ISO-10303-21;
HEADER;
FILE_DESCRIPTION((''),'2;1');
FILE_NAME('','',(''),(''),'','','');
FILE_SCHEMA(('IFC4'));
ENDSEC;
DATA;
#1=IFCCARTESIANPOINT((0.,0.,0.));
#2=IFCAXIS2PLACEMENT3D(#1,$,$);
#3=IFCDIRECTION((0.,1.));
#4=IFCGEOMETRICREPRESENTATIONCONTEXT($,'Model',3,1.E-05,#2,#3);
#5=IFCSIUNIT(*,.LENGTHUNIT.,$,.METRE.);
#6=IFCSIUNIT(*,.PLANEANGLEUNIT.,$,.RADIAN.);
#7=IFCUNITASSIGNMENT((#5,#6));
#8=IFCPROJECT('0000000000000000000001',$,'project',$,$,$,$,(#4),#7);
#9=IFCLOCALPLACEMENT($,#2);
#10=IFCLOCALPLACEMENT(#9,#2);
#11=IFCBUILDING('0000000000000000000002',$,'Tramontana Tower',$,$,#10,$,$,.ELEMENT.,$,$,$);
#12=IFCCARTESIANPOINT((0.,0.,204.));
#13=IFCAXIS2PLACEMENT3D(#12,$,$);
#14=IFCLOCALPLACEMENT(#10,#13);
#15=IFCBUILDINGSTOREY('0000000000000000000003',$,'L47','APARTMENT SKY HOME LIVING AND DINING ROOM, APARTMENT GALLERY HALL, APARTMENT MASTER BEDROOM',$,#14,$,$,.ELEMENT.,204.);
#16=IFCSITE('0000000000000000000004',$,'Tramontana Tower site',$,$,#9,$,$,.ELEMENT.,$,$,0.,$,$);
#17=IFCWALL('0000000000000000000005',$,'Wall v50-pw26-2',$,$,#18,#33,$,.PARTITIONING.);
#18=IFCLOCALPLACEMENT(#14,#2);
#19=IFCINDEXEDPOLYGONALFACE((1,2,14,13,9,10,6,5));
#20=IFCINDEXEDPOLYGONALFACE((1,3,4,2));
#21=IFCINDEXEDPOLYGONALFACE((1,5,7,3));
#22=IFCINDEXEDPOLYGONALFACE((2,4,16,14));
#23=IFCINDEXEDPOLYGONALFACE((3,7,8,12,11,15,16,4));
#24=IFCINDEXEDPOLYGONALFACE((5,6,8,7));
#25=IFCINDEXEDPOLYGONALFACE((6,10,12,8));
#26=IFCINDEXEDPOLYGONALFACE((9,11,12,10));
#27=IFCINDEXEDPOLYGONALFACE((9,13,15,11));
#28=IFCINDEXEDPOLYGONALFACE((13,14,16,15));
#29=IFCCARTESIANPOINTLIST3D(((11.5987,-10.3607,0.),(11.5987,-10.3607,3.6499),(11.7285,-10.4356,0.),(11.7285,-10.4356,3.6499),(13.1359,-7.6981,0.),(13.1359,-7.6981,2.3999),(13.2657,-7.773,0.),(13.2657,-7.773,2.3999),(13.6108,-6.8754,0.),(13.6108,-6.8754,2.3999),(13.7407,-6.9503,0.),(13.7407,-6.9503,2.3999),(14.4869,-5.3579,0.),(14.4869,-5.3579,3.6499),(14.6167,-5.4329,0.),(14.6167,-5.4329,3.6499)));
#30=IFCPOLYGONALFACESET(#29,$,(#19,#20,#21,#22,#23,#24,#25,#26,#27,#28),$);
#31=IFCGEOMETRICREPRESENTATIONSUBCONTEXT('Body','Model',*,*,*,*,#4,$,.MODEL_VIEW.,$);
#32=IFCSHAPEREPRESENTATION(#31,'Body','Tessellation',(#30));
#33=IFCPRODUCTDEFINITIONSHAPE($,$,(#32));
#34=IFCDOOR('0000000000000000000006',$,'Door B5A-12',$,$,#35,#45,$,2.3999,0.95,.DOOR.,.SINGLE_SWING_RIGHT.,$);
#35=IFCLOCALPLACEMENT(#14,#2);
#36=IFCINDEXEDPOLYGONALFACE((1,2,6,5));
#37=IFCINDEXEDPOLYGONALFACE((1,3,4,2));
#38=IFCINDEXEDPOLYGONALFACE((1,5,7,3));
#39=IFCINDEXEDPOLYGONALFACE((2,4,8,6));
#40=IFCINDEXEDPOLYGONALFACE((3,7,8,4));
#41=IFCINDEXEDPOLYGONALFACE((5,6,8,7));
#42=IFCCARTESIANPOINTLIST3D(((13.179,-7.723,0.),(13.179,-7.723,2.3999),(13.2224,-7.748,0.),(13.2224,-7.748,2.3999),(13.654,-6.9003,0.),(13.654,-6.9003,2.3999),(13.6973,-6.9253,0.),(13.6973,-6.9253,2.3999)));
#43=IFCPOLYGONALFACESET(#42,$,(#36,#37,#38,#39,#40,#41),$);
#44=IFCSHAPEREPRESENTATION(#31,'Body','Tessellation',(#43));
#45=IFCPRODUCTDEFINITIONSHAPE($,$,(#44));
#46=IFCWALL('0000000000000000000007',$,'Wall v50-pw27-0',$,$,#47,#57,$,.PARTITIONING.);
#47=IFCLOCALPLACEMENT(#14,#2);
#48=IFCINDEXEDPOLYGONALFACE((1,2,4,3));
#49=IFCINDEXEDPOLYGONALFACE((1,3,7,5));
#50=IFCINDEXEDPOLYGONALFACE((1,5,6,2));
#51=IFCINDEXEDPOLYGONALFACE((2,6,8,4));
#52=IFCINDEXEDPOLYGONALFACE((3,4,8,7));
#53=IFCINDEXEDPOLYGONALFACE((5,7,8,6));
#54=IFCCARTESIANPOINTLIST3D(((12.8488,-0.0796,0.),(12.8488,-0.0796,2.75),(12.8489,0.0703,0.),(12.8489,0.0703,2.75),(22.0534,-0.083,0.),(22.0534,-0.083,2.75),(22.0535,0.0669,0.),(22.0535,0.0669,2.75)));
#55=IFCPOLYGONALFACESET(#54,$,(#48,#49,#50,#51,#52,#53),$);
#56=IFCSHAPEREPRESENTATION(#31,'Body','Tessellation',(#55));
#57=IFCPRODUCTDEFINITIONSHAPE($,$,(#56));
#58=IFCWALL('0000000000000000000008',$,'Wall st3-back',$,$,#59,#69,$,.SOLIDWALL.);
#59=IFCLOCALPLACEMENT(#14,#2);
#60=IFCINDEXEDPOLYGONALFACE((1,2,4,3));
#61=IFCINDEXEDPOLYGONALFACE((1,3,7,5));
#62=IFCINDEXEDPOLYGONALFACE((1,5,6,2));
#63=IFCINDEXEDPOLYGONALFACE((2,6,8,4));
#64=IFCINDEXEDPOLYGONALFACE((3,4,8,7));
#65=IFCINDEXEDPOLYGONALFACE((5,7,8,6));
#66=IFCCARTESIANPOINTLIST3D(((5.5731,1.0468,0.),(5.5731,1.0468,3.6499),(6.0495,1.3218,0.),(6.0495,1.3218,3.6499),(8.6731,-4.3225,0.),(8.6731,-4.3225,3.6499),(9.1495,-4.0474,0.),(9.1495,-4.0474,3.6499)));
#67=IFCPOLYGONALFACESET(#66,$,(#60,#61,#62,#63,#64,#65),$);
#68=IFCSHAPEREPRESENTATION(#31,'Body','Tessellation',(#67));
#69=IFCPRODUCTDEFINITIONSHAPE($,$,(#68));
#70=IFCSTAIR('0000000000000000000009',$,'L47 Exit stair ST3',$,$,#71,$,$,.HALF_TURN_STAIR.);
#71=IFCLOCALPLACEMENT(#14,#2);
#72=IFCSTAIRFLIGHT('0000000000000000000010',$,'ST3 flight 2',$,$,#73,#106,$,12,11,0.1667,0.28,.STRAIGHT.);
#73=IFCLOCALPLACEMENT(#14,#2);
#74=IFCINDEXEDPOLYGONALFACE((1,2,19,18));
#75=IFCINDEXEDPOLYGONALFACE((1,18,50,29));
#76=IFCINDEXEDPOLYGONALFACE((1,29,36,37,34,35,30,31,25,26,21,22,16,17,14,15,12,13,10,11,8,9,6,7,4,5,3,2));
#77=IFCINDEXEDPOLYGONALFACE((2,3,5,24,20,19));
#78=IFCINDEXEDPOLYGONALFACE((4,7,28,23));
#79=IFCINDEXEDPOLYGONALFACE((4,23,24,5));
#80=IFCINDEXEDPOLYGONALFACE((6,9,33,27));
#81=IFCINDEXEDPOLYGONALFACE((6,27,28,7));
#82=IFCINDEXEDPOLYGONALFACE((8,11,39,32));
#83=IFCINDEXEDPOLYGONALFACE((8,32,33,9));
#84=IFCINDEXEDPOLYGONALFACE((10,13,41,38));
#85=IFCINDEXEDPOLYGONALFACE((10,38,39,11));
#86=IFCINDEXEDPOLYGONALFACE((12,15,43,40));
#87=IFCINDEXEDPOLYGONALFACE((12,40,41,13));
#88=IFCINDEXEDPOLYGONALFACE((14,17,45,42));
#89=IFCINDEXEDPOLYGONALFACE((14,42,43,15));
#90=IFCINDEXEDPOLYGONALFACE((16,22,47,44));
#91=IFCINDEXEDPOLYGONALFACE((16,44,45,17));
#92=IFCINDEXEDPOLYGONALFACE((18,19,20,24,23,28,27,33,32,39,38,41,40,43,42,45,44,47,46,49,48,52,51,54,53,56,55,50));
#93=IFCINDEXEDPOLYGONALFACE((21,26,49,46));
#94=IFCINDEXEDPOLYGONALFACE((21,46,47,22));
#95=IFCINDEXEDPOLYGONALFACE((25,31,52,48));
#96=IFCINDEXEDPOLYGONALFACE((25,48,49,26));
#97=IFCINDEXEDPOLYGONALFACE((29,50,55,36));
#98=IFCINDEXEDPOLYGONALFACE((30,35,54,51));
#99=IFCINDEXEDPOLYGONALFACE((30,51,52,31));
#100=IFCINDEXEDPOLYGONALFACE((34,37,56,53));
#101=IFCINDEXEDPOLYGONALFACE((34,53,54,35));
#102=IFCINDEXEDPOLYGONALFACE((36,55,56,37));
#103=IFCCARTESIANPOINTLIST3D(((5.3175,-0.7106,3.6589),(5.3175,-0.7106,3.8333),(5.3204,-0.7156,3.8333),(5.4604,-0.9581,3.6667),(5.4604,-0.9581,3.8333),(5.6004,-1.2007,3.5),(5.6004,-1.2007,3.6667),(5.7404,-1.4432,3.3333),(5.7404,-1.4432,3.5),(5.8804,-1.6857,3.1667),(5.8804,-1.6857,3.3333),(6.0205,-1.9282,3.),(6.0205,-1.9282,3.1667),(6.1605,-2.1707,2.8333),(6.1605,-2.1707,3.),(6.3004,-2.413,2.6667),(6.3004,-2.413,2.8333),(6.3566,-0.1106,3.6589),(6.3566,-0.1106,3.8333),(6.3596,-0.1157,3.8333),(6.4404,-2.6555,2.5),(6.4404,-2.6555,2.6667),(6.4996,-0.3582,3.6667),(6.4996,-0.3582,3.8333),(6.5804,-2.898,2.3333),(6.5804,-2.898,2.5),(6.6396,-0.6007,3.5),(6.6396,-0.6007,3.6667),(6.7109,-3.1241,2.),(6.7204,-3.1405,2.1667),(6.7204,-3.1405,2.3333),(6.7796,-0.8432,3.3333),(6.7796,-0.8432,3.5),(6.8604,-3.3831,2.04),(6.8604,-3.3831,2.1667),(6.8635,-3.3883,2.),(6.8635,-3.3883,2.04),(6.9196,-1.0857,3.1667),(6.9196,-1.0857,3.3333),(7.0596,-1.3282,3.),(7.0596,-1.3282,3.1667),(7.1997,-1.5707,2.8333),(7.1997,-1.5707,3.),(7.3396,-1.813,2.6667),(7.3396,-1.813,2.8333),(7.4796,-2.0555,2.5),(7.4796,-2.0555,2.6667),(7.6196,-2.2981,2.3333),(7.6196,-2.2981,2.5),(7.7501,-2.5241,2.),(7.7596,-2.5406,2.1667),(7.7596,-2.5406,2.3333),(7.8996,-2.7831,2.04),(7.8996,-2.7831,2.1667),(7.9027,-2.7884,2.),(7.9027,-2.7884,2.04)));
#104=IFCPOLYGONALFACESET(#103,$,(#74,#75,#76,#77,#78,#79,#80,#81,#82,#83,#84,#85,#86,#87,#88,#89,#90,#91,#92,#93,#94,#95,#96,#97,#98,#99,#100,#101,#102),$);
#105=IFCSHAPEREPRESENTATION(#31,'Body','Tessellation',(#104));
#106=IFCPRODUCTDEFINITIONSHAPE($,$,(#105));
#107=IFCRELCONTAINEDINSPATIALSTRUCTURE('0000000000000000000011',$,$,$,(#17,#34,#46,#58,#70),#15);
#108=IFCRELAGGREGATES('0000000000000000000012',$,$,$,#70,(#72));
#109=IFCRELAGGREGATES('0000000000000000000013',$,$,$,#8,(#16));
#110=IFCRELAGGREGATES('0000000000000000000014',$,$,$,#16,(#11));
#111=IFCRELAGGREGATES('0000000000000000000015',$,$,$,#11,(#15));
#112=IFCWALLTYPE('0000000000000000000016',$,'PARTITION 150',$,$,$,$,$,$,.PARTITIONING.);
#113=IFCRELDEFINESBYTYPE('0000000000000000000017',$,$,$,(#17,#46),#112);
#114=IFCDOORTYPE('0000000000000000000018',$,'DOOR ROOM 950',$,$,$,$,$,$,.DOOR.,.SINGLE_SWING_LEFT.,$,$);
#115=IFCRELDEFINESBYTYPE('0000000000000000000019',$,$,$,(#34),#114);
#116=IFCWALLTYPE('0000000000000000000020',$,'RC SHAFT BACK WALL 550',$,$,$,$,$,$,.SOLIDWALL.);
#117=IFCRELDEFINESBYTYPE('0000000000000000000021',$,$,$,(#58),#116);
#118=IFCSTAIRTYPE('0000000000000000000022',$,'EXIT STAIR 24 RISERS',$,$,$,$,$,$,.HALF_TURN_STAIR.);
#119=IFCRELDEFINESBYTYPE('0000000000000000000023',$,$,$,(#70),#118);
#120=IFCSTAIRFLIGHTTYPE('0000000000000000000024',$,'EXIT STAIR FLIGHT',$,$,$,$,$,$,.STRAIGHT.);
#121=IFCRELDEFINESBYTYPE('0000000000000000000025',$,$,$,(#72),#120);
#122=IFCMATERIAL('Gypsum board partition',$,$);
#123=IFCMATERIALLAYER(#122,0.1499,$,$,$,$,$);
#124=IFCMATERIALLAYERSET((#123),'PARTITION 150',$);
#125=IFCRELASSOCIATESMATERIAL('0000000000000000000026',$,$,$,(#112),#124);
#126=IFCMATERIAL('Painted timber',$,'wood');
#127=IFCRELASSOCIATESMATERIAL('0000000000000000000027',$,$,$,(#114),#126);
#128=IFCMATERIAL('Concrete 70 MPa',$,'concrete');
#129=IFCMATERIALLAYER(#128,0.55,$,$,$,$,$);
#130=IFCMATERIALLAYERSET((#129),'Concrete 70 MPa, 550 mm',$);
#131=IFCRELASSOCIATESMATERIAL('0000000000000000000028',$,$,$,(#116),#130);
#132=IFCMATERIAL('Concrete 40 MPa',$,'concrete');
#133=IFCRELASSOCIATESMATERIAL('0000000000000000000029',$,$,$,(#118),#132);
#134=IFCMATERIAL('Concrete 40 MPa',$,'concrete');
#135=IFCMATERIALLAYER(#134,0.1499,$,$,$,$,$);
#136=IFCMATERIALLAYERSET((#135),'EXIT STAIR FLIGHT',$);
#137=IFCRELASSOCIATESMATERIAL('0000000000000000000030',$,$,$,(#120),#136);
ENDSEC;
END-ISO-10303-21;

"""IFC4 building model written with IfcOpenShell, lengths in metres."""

from ifc_helpers import new_model, si_unit, direction, frame, frame_2d, origin, place, context, subcontext, project, spatial, polyline, rectangle, outline, extrude, material, layer, layer_set, type_object, element, fill, aggregate, save


model = new_model("IFC4")

# Units and contexts
model_context = context("Model", 3, precision=1e-05, world=origin(), true_north=direction((0.0, 1.0)))
body_context = subcontext(model_context, "Body", "Model", "MODEL_VIEW")
ifc_project = project(units=[si_unit("LENGTHUNIT", "METRE"), si_unit("PLANEANGLEUNIT", "RADIAN")], contexts=[model_context])

# Site, building, storey
site_placement = place(None, origin())
site = spatial("IfcSite", under=ifc_project, at=site_placement, Name="Tramontana Tower site", CompositionType="ELEMENT", RefElevation=0.0)
building_placement = place(site_placement, origin())
building = spatial("IfcBuilding", under=site, at=building_placement, Name="Tramontana Tower", CompositionType="ELEMENT")
storey_placement = place(building_placement, frame((0.0, 0.0, 204.0)))
storey = spatial("IfcBuildingStorey", under=building, at=storey_placement, Name="L47", Description="APARTMENT SKY HOME LIVING AND DINING ROOM, APARTMENT GALLERY HALL, APARTMENT MASTER BEDROOM", CompositionType="ELEMENT", Elevation=204.0)

# Shared definitions
ifc_material_1 = material(Name="Gypsum board partition")
ifc_layer_1 = layer(ifc_material_1, 0.1499)
ifc_layer_set_1 = layer_set([ifc_layer_1], Name="PARTITION 150")
wall_type_1 = type_object("IfcWallType", Name="PARTITION 150", PredefinedType="PARTITIONING", material=ifc_layer_set_1)

# Wall, opening, door
wall_1_placement = place(storey_placement, frame((14.5518, -5.3955, 0.0), z_axis=(0.0, 0.0, 1.0), x_axis=(-0.499985, -0.866034, 0.0)))
wall_1 = element("IfcWall", 1, at=wall_1_placement, inside=storey, type_object=wall_type_1, Name="Wall v50-pw26-2", PredefinedType="PARTITIONING", context=body_context, shape_type="SweptSolid", body=[
    extrude(rectangle(XDim=5.7766, YDim=0.1499, at=frame_2d((2.8882, 0.0))), origin(), (0.0, 0.0, 1.0), 3.6499),
])
opening_1_placement = place(wall_1_placement, frame((1.752, 0.0, 0.0)))
opening_1 = element("IfcOpeningElement", 2, at=opening_1_placement, cuts=wall_1, PredefinedType="OPENING", context=body_context, shape_type="SweptSolid", body=[
    extrude(rectangle(XDim=0.95, YDim=2.3999, at=frame_2d((0.4751, 1.2))), frame((0.0, 0.085, 0.0), z_axis=(0.0, -1.0, 0.0), x_axis=(1.0, 0.0, 0.0)), (0.0, 0.0, 1.0), 0.1699),
])
ifc_material_2 = material(Name="Painted timber", Category="wood")
door_type_1 = type_object("IfcDoorType", Name="DOOR ROOM 950", OperationType="SINGLE_SWING_LEFT", PredefinedType="DOOR", material=ifc_material_2)
door_1_placement = place(opening_1_placement, origin())
door_1 = element("IfcDoor", 3, at=door_1_placement, inside=storey, type_object=door_type_1, Name="Door B5A-12", OperationType="SINGLE_SWING_RIGHT", OverallHeight=2.3999, OverallWidth=0.95, PredefinedType="DOOR", context=body_context, shape_type="SweptSolid", body=[
    extrude(rectangle(XDim=0.95, YDim=2.3999, at=frame_2d((0.4751, 1.2))), frame((0.0, 0.0249, 0.0), z_axis=(0.0, -1.0, 0.0), x_axis=(1.0, 0.0, 0.0)), (0.0, 0.0, 1.0), 0.05),
])
fill(opening_1, door_1)

# Walls
wall_2_placement = place(storey_placement, frame((22.0535, -0.0081, 0.0), z_axis=(0.0, 0.0, 1.0), x_axis=(-1.0, 0.000371, 0.0)))
element("IfcWall", 4, at=wall_2_placement, inside=storey, type_object=wall_type_1, Name="Wall v50-pw27-0", PredefinedType="PARTITIONING", context=body_context, shape_type="SweptSolid", body=[
    extrude(rectangle(XDim=9.2046, YDim=0.1499, at=frame_2d((4.6023, 0.0))), origin(), (0.0, 0.0, 1.0), 2.75),
])
ifc_material_3 = material(Name="Concrete 70 MPa", Category="concrete")
ifc_layer_2 = layer(ifc_material_3, 0.55)
ifc_layer_set_2 = layer_set([ifc_layer_2], Name="Concrete 70 MPa, 550 mm")
wall_type_2 = type_object("IfcWallType", Name="RC SHAFT BACK WALL 550", PredefinedType="SOLIDWALL", material=ifc_layer_set_2)
wall_3_placement = place(storey_placement, frame((8.9114, -4.1851, 0.0), z_axis=(0.0, 0.0, 1.0), x_axis=(-0.50001, 0.86602, 0.0)))
element("IfcWall", 5, at=wall_3_placement, inside=storey, type_object=wall_type_2, Name="Wall st3-back", PredefinedType="SOLIDWALL", context=body_context, shape_type="SweptSolid", body=[
    extrude(rectangle(XDim=6.2, YDim=0.55, at=frame_2d((3.1001, 0.0))), origin(), (0.0, 0.0, 1.0), 3.6499),
])

# Stair, stair flight
ifc_material_4 = material(Name="Concrete 40 MPa", Category="concrete")
stair_type = type_object("IfcStairType", Name="EXIT STAIR 24 RISERS", PredefinedType="HALF_TURN_STAIR", material=ifc_material_4)
stair_placement = place(storey_placement, origin())
stair = element("IfcStair", 6, at=stair_placement, inside=storey, type_object=stair_type, Name="L47 Exit stair ST3", PredefinedType="HALF_TURN_STAIR")
ifc_material_5 = material(Name="Concrete 40 MPa", Category="concrete")
ifc_layer_3 = layer(ifc_material_5, 0.1499)
ifc_layer_set_3 = layer_set([ifc_layer_3], Name="EXIT STAIR FLIGHT")
stair_flight_type = type_object("IfcStairFlightType", Name="EXIT STAIR FLIGHT", PredefinedType="STRAIGHT", material=ifc_layer_set_3)
stair_flight_placement = place(storey_placement, frame((7.3801, -3.083, 2.0), z_axis=(0.0, 0.0, 1.0), x_axis=(-0.5, 0.866025, 0.0)))
stair_flight = element("IfcStairFlight", 7, at=stair_flight_placement, type_object=stair_flight_type, Name="ST3 flight 2", NumberOfRisers=12, NumberOfTreads=11, PredefinedType="STRAIGHT", RiserHeight=0.1667, TreadLength=0.28, context=body_context, shape_type="SweptSolid", body=[
    extrude(outline(polyline([(-0.0061, 0.0), (-0.0061, 0.04), (0.0, 0.04), (0.0, 0.1667), (0.28, 0.1667), (0.28, 0.3333), (0.5601, 0.3333), (0.5601, 0.5), (0.8401, 0.5), (0.8401, 0.6667), (1.1201, 0.6667), (1.1201, 0.8333), (1.3999, 0.8333), (1.3999, 1.0), (1.6799, 1.0), (1.6799, 1.1667), (1.96, 1.1667), (1.96, 1.3333), (2.24, 1.3333), (2.24, 1.5), (2.52, 1.5), (2.52, 1.6667), (2.8, 1.6667), (2.8, 1.8333), (3.0801, 1.8333), (3.0859, 1.8333), (3.0859, 1.6589), (0.2991, 0.0), (-0.0061, 0.0)])), frame((0.0, 0.6001, 0.0), z_axis=(0.0, -1.0, 0.0), x_axis=(1.0, 0.0, 0.0)), (0.0, 0.0, 1.0), 1.2),
])
aggregate(stair, [stair_flight])

save(model, "model.ifc")
